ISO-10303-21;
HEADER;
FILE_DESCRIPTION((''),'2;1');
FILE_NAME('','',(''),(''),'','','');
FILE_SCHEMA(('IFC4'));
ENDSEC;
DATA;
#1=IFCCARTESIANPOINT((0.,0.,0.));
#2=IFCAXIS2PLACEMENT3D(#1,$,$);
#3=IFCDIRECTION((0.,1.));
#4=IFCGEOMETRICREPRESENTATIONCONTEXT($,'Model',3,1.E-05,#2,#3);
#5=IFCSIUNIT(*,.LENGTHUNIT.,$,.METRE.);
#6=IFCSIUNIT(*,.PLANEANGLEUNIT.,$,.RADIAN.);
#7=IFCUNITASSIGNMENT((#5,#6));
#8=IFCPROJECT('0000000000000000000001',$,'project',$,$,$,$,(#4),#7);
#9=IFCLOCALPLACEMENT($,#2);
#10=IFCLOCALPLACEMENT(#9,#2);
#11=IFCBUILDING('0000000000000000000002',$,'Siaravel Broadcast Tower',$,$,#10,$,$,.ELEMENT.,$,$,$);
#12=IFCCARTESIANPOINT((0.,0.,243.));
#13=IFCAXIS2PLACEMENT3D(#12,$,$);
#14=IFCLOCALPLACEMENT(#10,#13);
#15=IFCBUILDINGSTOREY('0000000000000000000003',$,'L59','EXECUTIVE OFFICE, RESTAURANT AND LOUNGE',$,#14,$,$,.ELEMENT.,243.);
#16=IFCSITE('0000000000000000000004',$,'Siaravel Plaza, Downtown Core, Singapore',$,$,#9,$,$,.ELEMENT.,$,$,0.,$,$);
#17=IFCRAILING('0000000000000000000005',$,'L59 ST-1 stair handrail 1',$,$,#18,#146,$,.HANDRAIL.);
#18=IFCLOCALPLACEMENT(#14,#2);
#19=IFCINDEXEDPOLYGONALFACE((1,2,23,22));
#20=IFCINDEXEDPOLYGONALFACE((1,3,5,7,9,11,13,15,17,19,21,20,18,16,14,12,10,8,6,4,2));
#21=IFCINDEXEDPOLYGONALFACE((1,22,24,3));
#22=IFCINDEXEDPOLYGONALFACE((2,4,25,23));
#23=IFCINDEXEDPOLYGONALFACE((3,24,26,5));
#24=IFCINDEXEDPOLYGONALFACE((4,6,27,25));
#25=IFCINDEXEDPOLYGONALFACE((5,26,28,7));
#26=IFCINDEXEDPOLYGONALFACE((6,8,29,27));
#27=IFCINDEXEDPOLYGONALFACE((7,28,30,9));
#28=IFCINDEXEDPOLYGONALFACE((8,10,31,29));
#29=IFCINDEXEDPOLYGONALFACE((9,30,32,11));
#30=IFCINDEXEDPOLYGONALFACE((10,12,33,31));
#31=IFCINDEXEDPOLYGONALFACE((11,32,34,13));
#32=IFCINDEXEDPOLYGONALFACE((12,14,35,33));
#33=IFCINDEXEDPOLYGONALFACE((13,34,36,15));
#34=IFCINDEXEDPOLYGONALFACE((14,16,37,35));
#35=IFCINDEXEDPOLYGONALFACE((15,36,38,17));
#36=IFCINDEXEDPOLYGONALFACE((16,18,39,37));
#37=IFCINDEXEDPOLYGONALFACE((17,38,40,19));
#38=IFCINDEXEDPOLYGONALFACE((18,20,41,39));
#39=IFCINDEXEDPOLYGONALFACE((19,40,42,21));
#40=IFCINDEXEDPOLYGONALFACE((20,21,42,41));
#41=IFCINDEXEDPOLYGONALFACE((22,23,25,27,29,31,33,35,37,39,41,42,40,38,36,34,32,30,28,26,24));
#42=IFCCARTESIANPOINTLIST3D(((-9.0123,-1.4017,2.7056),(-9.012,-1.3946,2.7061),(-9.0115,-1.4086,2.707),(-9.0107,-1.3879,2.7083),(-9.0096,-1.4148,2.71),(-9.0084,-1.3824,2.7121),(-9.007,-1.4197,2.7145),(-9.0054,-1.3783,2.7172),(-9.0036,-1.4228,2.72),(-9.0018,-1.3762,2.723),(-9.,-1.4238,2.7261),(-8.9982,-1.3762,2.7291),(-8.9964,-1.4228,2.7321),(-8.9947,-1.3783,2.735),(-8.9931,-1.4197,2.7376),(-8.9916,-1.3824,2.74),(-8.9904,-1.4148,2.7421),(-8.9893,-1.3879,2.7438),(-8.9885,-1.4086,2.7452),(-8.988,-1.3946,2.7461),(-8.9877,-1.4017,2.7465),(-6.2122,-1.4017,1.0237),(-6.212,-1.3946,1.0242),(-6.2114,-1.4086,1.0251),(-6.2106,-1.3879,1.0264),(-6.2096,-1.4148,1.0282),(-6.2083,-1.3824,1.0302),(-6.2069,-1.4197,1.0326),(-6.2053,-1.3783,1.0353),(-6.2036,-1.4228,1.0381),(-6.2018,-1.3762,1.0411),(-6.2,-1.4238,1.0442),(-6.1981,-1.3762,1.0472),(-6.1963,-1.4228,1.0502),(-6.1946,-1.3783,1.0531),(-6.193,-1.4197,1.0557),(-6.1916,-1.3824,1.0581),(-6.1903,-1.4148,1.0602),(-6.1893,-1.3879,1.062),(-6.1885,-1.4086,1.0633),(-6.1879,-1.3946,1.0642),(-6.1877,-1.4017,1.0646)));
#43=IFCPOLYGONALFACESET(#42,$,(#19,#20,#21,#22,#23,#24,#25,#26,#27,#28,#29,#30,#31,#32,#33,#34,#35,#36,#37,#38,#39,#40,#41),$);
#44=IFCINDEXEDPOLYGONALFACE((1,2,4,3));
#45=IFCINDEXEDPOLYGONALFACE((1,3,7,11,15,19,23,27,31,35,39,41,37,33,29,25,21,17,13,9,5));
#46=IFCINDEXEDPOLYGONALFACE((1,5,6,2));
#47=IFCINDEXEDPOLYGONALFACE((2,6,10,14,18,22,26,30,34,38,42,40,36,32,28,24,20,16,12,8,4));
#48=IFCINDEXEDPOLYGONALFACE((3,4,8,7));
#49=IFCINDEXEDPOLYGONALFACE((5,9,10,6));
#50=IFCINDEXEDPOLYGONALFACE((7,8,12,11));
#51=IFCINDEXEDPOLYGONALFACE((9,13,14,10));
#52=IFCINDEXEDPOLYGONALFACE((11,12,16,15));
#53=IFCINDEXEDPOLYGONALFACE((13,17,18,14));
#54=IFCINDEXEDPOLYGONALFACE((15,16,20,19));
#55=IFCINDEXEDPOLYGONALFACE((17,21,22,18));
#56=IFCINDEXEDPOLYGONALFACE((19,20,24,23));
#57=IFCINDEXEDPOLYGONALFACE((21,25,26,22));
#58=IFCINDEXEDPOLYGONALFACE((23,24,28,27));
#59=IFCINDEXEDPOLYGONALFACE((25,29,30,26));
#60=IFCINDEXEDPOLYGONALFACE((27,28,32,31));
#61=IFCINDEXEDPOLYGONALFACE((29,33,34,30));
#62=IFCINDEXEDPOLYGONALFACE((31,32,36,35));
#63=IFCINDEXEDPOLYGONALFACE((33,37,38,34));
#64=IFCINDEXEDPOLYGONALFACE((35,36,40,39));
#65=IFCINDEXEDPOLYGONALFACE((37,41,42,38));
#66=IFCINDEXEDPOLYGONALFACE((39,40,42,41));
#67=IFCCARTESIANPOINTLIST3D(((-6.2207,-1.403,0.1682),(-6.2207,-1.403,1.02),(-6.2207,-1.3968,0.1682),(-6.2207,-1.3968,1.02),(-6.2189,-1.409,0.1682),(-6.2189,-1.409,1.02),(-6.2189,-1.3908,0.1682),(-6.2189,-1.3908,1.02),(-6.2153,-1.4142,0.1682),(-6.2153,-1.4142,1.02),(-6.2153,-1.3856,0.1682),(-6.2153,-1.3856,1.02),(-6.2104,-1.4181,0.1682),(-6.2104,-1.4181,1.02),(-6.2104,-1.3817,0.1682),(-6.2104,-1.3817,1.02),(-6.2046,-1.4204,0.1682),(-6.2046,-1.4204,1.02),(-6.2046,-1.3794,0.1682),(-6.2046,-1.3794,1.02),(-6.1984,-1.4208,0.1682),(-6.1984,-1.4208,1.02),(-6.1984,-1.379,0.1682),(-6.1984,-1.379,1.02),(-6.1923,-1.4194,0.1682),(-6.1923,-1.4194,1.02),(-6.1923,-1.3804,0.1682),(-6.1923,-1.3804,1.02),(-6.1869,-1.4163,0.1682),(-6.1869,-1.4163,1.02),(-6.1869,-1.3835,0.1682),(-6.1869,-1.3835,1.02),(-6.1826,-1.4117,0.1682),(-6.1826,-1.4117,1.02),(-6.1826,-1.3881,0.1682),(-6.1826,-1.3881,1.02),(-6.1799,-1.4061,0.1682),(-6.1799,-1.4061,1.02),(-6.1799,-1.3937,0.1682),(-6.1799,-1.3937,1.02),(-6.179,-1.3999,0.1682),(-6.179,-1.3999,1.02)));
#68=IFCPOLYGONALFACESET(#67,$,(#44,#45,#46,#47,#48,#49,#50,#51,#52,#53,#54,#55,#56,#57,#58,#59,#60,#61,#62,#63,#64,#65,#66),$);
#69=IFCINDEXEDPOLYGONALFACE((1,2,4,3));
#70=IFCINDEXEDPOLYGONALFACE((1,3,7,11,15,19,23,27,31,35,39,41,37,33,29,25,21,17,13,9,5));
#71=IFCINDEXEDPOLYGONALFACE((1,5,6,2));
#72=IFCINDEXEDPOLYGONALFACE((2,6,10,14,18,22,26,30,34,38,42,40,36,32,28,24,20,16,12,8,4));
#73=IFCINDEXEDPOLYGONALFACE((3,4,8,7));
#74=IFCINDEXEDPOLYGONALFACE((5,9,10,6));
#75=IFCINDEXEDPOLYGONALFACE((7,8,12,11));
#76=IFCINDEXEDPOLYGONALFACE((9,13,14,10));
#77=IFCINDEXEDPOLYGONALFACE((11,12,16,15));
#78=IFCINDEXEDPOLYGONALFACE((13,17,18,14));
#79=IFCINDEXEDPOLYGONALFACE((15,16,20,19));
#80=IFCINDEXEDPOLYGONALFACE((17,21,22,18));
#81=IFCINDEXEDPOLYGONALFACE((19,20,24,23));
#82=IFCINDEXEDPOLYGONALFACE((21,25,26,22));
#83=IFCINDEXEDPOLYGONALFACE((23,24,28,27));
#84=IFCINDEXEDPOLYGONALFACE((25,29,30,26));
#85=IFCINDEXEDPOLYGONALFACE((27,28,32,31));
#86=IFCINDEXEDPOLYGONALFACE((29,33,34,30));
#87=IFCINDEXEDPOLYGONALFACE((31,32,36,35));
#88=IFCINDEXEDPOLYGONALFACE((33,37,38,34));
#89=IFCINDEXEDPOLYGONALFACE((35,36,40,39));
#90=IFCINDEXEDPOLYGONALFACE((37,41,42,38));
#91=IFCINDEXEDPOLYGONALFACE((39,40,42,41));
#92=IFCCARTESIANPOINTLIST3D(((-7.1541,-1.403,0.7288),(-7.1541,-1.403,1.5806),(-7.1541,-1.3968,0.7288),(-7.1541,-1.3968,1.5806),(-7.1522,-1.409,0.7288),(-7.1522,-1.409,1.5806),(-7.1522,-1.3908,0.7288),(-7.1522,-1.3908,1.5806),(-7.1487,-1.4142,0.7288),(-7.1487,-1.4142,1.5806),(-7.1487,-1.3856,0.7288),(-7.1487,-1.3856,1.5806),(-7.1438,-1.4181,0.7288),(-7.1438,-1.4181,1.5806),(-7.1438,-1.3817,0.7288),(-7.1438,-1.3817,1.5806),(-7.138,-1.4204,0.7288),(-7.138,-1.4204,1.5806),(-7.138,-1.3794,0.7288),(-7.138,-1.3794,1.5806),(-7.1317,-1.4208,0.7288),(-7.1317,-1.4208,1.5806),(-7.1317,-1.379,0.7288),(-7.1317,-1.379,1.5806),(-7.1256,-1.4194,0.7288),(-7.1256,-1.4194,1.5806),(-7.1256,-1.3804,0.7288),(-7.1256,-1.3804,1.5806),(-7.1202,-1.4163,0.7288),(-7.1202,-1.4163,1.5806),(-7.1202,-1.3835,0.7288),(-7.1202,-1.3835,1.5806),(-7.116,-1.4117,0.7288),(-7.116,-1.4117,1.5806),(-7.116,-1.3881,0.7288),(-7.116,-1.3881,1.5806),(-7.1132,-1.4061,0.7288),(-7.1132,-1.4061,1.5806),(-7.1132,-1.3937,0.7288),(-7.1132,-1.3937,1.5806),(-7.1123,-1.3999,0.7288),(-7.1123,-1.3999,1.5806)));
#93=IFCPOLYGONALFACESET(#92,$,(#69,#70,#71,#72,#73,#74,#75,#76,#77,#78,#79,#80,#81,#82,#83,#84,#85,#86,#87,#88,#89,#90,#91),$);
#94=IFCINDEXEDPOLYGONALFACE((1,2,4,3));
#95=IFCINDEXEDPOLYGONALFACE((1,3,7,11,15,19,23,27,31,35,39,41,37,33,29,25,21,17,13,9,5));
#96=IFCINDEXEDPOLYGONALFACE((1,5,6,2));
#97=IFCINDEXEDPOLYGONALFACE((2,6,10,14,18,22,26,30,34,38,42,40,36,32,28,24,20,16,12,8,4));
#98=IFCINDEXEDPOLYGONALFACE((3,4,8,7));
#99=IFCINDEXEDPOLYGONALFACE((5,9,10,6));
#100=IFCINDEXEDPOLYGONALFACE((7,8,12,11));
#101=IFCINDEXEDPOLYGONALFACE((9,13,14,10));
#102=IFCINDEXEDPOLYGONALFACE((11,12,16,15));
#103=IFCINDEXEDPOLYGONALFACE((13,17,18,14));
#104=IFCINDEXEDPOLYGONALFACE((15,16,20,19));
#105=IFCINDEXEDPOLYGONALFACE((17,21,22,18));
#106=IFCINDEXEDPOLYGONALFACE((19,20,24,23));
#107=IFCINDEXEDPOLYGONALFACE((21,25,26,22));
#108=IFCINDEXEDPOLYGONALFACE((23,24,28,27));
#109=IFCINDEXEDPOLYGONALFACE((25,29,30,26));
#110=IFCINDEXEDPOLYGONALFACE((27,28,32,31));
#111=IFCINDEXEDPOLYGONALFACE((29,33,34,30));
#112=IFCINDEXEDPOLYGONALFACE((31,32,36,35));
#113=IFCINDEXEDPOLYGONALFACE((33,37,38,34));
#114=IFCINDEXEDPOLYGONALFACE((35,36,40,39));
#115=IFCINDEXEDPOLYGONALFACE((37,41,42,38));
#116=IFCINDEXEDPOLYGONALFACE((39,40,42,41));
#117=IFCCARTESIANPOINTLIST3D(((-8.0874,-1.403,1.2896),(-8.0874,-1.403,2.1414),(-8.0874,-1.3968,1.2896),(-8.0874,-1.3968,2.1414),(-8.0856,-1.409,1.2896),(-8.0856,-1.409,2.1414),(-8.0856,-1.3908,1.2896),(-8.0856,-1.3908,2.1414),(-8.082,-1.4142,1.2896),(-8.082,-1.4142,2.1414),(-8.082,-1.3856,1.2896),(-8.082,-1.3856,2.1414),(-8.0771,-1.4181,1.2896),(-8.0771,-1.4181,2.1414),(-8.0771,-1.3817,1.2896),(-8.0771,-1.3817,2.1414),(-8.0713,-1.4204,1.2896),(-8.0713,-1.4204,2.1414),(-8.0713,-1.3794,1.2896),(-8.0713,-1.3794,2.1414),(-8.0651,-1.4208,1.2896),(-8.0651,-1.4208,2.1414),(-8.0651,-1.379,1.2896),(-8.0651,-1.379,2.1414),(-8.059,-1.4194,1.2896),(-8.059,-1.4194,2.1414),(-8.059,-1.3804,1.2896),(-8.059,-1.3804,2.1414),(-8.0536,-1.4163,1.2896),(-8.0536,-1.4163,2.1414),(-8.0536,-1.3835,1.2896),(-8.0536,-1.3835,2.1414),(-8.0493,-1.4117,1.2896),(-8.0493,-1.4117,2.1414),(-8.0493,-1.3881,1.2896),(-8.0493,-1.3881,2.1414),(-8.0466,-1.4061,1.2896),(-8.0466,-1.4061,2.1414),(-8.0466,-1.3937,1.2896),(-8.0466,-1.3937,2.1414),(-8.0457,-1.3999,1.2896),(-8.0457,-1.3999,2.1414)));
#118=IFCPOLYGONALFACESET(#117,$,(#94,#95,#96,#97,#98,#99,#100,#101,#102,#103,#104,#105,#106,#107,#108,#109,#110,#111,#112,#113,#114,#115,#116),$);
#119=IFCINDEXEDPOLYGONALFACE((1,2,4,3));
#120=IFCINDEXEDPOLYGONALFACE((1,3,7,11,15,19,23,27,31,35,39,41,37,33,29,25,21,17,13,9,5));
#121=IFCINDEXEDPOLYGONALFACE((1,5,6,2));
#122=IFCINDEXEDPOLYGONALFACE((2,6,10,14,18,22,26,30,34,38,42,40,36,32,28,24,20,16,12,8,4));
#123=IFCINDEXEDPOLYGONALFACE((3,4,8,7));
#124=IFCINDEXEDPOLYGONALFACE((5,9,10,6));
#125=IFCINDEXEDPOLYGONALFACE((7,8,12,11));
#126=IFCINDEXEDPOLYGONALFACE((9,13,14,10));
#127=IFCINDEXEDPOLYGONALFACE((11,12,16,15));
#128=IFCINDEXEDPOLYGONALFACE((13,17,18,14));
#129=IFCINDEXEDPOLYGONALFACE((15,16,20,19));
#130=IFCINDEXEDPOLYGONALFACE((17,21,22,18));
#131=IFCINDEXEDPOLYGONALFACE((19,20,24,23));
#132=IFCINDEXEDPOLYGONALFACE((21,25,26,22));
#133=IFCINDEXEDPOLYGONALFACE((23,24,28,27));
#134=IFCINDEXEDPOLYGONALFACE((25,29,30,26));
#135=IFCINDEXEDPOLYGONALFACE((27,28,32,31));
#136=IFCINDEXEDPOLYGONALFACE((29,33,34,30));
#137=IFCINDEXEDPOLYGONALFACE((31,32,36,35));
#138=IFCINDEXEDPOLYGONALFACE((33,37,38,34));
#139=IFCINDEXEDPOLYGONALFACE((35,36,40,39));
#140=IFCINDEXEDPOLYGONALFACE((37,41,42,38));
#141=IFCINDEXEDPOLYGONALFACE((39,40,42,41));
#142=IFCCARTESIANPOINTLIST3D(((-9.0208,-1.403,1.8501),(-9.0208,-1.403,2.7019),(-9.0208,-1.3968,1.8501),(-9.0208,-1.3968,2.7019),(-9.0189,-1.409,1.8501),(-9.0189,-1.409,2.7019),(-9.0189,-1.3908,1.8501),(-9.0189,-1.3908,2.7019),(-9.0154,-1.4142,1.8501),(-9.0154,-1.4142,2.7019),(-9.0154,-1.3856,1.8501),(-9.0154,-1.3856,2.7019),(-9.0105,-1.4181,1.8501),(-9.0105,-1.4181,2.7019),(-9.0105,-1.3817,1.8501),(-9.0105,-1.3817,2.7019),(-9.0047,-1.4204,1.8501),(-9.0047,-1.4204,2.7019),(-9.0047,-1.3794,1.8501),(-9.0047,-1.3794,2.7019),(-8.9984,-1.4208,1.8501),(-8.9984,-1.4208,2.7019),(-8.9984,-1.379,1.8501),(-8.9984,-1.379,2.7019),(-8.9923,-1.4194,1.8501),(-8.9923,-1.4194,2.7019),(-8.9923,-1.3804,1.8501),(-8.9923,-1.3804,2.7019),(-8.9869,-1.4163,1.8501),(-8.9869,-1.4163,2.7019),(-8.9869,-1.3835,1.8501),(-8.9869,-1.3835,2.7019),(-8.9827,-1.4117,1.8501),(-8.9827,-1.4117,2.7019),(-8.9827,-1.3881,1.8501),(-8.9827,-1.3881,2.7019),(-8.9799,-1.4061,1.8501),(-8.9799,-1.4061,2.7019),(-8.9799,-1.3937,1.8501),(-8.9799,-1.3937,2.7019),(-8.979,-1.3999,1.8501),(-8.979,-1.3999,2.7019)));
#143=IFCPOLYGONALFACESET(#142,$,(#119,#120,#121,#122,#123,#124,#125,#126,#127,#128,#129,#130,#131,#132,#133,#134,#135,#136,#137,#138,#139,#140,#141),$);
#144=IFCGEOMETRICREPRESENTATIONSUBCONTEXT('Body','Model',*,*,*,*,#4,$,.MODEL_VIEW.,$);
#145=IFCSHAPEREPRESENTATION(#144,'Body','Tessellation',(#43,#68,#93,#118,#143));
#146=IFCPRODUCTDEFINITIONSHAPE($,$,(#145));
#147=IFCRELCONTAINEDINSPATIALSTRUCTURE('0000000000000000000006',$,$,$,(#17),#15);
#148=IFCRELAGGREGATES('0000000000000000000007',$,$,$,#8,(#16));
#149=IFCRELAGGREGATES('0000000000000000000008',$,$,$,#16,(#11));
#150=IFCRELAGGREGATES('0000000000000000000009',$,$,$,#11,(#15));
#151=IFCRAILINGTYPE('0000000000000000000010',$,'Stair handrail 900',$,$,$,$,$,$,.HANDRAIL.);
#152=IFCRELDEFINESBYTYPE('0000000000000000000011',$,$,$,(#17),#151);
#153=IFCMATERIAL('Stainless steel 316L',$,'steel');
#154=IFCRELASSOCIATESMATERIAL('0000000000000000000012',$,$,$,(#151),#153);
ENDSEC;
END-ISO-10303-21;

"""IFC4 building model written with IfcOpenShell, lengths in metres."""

from ifc_helpers import new_model, si_unit, direction, frame, origin, origin_2d, place, context, subcontext, project, spatial, circle, extrude, material, type_object, element, save


model = new_model("IFC4")

# Units and contexts
model_context = context("Model", 3, precision=1e-05, world=origin(), true_north=direction((0.0, 1.0)))
body_context = subcontext(model_context, "Body", "Model", "MODEL_VIEW")
ifc_project = project(units=[si_unit("LENGTHUNIT", "METRE"), si_unit("PLANEANGLEUNIT", "RADIAN")], contexts=[model_context])

# Site, building, storey
site_placement = place(None, origin())
site = spatial("IfcSite", under=ifc_project, at=site_placement, Name="Siaravel Plaza, Downtown Core, Singapore", CompositionType="ELEMENT", RefElevation=0.0)
building_placement = place(site_placement, origin())
building = spatial("IfcBuilding", under=site, at=building_placement, Name="Siaravel Broadcast Tower", CompositionType="ELEMENT")
storey_placement = place(building_placement, frame((0.0, 0.0, 243.0)))
storey = spatial("IfcBuildingStorey", under=building, at=storey_placement, Name="L59", Description="EXECUTIVE OFFICE, RESTAURANT AND LOUNGE", CompositionType="ELEMENT", Elevation=243.0)

# Shared definitions
ifc_material_1 = material(Name="Stainless steel 316L", Category="steel")

# Railing
railing_type_1 = type_object("IfcRailingType", Name="Stair handrail 900", PredefinedType="HANDRAIL", material=ifc_material_1)
railing_1_placement = place(storey_placement, frame((-6.2, -1.3999, 0.1682)))
element("IfcRailing", 1, at=railing_1_placement, inside=storey, type_object=railing_type_1, Name="L59 ST-1 stair handrail 1", PredefinedType="HANDRAIL", context=body_context, shape_type="SweptSolid", body=[
    extrude(circle(Radius=0.0239, at=origin_2d()), frame((0.0, 0.0, 0.876), z_axis=(-0.857242, 0.0, 0.514913), x_axis=(0.0, -1.0, 0.0)), (0.0, 0.0, 1.0), 3.2664),
    extrude(circle(Radius=0.021, at=origin_2d()), origin(), (0.0, 0.0, 1.0), 0.8518),
    extrude(circle(Radius=0.021, at=origin_2d()), frame((-0.9333, 0.0, 0.5605)), (0.0, 0.0, 1.0), 0.8518),
    extrude(circle(Radius=0.021, at=origin_2d()), frame((-1.8667, 0.0, 1.1213)), (0.0, 0.0, 1.0), 0.8518),
    extrude(circle(Radius=0.021, at=origin_2d()), frame((-2.8, 0.0, 1.6819)), (0.0, 0.0, 1.0), 0.8518),
])

save(model, "model.ifc")
